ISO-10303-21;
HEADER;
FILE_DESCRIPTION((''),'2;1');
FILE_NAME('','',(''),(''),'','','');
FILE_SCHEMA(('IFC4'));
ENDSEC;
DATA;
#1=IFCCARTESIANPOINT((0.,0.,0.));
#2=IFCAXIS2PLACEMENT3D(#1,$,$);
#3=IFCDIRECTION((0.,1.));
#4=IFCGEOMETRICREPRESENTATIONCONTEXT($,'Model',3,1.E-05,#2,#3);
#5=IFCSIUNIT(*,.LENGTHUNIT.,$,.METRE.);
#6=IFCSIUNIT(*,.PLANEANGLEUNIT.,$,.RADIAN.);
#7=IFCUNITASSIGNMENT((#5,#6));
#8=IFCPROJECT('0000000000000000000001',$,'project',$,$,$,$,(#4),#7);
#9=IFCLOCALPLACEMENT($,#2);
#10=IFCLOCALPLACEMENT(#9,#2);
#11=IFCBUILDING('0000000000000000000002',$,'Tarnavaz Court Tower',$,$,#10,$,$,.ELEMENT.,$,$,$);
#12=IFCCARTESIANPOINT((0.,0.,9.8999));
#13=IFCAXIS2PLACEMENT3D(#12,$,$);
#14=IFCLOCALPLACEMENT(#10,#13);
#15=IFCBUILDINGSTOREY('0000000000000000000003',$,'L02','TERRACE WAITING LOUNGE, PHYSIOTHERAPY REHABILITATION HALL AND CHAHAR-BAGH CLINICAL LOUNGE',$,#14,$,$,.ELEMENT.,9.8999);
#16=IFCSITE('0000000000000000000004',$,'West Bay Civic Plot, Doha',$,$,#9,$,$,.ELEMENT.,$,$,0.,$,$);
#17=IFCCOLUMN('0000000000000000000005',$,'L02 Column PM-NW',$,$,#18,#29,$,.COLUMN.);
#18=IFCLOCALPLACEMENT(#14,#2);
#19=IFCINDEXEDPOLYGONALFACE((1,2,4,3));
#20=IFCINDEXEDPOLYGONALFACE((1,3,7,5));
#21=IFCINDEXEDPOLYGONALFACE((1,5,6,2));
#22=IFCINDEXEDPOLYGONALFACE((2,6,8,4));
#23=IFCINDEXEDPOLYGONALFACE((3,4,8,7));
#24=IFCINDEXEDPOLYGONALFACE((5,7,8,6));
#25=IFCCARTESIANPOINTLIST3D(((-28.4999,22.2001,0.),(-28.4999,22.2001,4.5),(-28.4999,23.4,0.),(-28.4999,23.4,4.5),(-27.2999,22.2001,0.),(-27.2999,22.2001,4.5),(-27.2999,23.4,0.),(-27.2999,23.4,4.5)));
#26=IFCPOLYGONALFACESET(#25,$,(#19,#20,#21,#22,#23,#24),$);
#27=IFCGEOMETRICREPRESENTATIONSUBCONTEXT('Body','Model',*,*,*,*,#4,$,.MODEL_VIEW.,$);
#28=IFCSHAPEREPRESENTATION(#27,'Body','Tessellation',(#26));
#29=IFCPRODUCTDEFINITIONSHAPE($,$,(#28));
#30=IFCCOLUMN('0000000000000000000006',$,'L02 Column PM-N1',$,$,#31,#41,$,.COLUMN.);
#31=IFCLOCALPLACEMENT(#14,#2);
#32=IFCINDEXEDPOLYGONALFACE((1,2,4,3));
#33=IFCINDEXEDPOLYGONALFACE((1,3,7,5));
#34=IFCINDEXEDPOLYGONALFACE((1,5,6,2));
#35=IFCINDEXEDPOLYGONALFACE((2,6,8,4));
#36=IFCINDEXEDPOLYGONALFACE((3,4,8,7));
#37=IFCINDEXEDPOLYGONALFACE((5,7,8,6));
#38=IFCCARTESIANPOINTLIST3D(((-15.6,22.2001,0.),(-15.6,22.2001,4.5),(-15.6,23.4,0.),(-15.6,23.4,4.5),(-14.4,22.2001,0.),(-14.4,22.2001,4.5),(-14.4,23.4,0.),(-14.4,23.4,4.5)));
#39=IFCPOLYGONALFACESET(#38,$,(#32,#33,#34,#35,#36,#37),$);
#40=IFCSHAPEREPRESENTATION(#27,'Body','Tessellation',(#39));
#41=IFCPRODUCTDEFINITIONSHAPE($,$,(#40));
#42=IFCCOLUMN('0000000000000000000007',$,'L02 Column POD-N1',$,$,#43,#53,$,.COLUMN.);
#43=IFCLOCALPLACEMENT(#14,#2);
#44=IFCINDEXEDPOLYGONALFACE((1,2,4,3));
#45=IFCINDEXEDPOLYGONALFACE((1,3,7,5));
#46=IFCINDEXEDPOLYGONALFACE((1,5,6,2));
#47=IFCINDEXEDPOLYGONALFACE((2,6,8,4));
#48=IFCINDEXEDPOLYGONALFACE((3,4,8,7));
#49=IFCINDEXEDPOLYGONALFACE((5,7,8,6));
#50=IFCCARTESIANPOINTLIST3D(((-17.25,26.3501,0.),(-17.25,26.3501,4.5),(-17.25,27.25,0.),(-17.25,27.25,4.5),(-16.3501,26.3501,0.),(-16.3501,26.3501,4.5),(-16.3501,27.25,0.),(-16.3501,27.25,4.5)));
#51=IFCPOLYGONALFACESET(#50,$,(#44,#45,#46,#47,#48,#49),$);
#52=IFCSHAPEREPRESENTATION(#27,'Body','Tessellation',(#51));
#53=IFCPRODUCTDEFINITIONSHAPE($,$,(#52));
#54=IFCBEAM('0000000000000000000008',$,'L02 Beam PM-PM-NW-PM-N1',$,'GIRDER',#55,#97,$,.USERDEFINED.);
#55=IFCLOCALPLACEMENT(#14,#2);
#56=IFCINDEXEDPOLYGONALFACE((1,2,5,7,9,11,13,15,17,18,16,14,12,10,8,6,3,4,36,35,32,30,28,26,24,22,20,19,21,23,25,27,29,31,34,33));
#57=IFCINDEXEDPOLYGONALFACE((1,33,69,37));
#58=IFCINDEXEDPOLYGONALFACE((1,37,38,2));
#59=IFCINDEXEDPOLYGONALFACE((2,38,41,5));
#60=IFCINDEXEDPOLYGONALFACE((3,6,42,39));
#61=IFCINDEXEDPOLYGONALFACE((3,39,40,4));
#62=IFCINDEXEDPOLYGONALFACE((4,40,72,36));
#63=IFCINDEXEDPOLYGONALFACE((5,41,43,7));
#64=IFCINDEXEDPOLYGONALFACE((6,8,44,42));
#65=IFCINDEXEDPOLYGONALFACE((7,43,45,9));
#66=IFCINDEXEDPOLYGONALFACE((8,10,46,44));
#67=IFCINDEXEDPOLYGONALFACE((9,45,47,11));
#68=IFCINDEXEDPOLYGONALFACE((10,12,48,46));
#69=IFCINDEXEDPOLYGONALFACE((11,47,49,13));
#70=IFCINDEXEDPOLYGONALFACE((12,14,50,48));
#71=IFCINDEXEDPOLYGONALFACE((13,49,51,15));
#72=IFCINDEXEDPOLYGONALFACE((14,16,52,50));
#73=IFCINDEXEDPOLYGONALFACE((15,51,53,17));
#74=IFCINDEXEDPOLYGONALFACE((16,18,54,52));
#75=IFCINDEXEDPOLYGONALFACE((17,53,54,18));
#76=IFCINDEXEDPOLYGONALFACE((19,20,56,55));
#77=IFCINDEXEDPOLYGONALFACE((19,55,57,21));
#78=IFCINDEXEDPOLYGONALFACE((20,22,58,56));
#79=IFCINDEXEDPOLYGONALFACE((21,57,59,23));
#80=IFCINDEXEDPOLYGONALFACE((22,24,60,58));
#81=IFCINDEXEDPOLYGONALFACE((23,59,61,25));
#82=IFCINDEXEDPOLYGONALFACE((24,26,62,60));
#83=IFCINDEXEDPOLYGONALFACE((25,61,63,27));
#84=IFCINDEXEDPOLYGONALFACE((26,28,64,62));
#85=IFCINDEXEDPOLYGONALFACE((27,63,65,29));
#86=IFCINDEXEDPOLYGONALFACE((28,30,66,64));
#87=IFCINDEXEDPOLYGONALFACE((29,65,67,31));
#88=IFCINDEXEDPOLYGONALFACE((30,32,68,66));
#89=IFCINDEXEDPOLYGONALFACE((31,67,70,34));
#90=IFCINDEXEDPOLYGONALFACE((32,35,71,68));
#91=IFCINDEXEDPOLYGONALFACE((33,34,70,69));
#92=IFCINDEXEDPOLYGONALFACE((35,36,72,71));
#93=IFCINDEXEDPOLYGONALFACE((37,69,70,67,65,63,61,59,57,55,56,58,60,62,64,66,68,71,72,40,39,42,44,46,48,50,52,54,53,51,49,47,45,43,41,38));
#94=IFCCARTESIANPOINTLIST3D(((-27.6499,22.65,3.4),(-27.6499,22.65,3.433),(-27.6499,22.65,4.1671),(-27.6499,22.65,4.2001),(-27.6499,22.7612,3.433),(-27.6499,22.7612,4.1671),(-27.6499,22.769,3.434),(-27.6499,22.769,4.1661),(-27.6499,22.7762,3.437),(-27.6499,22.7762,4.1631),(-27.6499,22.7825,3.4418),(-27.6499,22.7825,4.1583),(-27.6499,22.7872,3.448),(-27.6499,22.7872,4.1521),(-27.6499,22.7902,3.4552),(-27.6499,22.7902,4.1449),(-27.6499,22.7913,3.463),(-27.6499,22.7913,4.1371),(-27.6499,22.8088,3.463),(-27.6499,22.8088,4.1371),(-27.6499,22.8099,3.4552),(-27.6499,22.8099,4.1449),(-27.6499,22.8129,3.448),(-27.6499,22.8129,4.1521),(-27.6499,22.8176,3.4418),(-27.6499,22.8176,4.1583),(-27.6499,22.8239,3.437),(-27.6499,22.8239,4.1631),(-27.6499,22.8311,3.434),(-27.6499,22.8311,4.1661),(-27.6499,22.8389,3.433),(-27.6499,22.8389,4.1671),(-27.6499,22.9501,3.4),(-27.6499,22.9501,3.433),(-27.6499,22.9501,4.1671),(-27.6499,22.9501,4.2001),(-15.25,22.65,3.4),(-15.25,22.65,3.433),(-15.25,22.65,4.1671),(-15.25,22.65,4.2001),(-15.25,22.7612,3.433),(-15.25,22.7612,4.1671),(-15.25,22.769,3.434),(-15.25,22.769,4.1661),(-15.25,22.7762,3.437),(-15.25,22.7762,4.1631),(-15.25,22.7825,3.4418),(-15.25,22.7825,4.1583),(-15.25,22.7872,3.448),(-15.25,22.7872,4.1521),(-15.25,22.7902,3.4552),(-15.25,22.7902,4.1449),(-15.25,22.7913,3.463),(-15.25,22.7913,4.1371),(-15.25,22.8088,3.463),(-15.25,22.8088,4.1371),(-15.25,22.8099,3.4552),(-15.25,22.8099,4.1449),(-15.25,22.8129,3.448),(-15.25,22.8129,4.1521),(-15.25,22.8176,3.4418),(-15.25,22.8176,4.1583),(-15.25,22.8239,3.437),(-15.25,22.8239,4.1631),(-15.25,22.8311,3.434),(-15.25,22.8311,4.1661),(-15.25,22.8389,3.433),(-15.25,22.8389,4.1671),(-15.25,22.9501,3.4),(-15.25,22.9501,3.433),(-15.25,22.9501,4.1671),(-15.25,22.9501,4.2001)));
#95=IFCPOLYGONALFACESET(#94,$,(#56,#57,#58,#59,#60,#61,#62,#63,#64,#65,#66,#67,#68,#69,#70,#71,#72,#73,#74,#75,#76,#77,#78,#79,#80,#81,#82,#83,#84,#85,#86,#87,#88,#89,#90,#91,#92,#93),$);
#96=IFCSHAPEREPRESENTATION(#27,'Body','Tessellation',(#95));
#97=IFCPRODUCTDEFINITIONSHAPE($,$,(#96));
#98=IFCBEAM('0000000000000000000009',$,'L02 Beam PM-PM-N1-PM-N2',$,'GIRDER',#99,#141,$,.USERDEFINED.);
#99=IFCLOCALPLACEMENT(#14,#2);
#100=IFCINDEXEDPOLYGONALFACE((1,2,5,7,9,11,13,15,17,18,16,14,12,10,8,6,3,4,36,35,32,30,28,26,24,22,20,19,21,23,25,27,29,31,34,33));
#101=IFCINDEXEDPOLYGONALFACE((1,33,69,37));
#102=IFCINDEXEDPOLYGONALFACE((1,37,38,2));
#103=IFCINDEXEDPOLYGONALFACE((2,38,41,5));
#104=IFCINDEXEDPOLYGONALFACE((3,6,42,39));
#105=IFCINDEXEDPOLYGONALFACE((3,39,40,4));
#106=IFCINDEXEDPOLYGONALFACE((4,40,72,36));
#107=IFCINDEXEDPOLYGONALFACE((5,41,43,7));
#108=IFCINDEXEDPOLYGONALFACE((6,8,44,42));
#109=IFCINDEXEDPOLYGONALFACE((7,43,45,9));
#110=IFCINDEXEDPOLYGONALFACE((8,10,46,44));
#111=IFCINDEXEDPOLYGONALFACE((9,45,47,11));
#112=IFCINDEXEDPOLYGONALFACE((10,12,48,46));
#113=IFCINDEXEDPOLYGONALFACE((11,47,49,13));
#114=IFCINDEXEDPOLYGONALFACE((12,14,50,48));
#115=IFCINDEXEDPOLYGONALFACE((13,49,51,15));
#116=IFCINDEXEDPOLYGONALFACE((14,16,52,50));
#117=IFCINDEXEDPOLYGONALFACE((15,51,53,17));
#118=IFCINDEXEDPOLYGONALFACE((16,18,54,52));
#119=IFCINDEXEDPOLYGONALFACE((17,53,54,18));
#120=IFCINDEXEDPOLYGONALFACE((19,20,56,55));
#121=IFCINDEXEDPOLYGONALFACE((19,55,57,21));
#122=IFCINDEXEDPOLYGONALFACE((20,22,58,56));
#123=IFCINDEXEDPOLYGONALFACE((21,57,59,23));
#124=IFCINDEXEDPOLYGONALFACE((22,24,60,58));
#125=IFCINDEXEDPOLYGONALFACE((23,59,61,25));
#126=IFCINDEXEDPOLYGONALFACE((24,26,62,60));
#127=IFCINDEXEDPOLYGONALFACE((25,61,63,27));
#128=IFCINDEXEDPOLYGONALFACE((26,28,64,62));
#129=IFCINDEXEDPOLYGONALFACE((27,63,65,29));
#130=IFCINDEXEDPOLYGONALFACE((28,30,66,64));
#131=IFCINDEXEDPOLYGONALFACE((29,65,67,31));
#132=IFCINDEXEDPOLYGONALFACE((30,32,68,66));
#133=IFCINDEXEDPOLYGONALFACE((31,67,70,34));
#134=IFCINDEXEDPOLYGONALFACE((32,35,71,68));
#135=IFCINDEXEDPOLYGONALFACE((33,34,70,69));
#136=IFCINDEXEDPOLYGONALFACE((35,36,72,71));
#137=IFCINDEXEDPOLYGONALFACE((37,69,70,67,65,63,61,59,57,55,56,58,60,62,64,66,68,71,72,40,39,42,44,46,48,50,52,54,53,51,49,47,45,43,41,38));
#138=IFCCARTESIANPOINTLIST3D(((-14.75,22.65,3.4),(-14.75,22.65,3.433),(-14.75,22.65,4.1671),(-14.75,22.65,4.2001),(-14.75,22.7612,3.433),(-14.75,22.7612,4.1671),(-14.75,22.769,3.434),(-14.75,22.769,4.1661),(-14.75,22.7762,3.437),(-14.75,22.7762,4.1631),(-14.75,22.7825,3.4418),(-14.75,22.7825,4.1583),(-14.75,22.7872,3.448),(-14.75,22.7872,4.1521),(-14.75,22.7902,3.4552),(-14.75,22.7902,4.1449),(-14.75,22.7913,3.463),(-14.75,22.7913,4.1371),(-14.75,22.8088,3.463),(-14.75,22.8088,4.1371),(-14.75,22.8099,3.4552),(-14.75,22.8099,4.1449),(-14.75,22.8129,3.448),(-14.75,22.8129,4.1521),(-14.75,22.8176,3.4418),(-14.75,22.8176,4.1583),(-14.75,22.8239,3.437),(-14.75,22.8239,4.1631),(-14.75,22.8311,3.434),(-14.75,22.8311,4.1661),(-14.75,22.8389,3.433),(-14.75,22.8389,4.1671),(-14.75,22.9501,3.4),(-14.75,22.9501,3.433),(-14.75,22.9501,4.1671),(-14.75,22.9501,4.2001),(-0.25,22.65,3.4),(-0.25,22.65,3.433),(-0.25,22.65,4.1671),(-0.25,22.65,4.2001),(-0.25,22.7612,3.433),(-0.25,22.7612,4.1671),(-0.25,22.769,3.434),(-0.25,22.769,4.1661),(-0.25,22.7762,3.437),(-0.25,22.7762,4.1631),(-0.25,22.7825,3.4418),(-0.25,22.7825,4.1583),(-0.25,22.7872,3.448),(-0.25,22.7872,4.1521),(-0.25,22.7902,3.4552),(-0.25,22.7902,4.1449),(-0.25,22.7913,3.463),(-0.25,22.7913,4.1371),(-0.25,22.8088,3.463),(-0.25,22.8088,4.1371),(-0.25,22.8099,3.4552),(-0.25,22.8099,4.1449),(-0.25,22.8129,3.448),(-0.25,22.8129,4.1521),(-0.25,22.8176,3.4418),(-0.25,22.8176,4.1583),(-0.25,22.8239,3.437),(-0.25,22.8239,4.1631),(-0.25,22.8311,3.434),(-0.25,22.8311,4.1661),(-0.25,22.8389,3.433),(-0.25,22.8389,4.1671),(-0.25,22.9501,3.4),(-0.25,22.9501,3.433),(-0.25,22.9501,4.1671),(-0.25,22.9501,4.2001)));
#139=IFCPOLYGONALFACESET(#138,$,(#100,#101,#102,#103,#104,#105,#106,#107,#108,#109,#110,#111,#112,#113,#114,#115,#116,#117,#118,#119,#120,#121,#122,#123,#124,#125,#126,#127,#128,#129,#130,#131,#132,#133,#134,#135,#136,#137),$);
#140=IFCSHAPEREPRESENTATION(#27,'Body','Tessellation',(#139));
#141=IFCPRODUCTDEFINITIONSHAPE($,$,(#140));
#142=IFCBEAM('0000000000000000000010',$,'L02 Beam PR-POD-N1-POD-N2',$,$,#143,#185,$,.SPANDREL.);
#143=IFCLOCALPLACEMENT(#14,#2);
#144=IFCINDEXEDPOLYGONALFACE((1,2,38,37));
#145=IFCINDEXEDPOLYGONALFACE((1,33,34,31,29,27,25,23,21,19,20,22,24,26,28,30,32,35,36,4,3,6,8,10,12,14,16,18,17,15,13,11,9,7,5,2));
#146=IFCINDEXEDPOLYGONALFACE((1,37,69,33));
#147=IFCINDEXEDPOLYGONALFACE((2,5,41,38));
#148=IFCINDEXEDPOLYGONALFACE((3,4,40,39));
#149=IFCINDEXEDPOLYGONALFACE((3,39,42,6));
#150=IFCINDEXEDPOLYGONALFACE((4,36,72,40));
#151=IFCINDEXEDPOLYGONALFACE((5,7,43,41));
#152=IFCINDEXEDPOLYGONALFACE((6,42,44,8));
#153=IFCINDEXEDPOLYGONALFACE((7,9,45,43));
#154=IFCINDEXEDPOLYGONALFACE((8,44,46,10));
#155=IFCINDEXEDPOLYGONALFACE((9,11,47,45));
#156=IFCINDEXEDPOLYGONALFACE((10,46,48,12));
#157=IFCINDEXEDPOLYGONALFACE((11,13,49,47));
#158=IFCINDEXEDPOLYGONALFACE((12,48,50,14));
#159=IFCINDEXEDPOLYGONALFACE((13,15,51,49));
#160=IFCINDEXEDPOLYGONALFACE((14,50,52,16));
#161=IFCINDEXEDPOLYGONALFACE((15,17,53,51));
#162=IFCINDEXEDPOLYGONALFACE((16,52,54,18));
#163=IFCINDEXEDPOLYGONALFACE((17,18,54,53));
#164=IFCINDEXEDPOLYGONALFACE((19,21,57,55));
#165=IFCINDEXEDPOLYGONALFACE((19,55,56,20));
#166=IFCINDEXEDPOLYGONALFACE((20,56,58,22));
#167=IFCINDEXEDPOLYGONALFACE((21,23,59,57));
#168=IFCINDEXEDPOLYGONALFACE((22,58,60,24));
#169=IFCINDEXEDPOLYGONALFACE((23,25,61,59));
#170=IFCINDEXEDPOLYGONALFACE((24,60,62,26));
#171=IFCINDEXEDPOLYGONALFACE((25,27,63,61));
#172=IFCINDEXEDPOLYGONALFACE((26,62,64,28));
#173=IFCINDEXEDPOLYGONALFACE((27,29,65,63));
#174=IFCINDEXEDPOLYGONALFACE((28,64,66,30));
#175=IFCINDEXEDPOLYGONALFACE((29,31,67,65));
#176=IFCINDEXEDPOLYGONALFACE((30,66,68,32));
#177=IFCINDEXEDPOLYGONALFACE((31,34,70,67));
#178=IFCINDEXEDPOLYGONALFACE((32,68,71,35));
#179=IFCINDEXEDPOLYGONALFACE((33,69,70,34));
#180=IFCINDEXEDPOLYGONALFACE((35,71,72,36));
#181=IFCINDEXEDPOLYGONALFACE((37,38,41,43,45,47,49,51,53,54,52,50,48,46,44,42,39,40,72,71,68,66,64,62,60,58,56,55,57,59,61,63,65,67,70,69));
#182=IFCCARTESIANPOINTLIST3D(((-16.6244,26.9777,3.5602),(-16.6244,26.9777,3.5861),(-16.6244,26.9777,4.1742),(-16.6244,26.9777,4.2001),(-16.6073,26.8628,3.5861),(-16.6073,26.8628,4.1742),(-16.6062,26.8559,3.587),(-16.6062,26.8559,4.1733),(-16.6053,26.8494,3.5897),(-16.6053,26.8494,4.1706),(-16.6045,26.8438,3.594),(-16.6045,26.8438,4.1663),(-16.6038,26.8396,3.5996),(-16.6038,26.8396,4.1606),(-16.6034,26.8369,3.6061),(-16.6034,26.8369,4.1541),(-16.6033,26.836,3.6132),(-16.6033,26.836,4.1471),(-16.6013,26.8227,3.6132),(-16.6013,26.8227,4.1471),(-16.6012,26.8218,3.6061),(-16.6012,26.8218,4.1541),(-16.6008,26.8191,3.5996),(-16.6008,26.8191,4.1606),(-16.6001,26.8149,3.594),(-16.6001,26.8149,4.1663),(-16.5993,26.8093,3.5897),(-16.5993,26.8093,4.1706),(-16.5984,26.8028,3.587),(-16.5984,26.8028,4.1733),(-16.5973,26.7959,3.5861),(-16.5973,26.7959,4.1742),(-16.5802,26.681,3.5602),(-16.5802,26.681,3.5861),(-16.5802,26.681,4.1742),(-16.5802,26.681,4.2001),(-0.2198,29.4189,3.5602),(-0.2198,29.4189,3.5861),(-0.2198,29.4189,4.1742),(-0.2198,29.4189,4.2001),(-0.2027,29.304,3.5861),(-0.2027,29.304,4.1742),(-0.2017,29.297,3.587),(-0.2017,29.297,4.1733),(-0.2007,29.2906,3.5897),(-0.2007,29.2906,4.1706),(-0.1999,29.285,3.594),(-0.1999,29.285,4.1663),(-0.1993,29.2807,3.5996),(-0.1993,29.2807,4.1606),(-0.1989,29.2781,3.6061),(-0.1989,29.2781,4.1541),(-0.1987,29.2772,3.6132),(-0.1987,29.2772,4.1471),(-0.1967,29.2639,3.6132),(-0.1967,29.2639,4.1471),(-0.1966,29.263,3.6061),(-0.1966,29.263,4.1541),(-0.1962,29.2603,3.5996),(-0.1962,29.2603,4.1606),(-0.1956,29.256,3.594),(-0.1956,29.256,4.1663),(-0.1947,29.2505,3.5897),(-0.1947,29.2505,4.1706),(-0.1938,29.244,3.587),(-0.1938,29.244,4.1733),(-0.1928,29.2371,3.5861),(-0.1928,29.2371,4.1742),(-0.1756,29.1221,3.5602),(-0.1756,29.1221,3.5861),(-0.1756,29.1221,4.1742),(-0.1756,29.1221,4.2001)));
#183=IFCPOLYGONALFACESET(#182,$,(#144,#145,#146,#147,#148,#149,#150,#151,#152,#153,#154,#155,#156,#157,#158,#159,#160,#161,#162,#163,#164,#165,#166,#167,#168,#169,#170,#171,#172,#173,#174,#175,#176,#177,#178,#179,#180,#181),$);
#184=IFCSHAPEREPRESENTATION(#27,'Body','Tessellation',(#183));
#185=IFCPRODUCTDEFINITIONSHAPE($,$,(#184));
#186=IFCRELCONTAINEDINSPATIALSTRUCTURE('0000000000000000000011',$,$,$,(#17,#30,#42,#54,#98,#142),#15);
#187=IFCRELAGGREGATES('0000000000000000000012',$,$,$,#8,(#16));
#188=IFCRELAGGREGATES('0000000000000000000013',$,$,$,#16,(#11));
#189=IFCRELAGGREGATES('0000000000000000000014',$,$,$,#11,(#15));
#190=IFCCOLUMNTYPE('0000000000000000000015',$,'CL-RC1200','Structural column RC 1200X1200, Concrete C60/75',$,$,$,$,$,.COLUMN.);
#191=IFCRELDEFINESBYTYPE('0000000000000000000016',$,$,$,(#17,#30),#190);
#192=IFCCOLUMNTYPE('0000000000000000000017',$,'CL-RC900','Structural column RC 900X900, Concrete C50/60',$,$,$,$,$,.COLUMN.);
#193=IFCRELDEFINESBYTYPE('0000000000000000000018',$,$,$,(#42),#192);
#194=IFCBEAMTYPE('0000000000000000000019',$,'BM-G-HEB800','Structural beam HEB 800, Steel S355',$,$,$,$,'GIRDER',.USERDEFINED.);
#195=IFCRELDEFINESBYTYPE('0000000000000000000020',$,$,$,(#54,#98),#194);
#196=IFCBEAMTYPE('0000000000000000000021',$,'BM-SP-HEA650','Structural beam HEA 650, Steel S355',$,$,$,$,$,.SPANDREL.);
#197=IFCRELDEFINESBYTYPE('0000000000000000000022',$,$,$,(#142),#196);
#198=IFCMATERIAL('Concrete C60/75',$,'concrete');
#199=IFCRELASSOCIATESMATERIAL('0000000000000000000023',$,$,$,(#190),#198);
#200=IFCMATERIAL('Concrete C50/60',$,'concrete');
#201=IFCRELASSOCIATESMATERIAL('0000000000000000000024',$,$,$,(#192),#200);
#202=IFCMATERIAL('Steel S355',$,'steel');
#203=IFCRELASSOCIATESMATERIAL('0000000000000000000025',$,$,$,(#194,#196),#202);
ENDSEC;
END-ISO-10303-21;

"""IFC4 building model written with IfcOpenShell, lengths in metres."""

from ifc_helpers import new_model, si_unit, direction, frame, origin, origin_2d, place, context, subcontext, project, spatial, rectangle, i_section, extrude, material, material_profile, profile_set, type_object, element, save


model = new_model("IFC4")

# Units and contexts
model_context = context("Model", 3, precision=1e-05, world=origin(), true_north=direction((0.0, 1.0)))
body_context = subcontext(model_context, "Body", "Model", "MODEL_VIEW")
ifc_project = project(units=[si_unit("LENGTHUNIT", "METRE"), si_unit("PLANEANGLEUNIT", "RADIAN")], contexts=[model_context])

# Site, building, storey
site_placement = place(None, origin())
site = spatial("IfcSite", under=ifc_project, at=site_placement, Name="West Bay Civic Plot, Doha", CompositionType="ELEMENT", RefElevation=0.0)
building_placement = place(site_placement, origin())
building = spatial("IfcBuilding", under=site, at=building_placement, Name="Tarnavaz Court Tower", CompositionType="ELEMENT")
storey_placement = place(building_placement, frame((0.0, 0.0, 9.8999)))
storey = spatial("IfcBuildingStorey", under=building, at=storey_placement, Name="L02", Description="TERRACE WAITING LOUNGE, PHYSIOTHERAPY REHABILITATION HALL AND CHAHAR-BAGH CLINICAL LOUNGE", CompositionType="ELEMENT", Elevation=9.8999)

# Columns
ifc_material_1 = material(Name="Concrete C60/75", Category="concrete")
ifc_material_profile_1 = material_profile(ifc_material_1, rectangle(XDim=1.2, YDim=1.2, at=origin_2d()), Name="RC 1200X1200")
ifc_profile_set_1 = profile_set([ifc_material_profile_1], Name="Concrete C60/75")
column_type_1 = type_object("IfcColumnType", Name="CL-RC1200", Description="Structural column RC 1200X1200, Concrete C60/75", PredefinedType="COLUMN", material=ifc_profile_set_1)
for number, where, z_axis, x_axis, name in (
    (1, (-27.8999, 22.8, 0.0), (0.0, 0.0, 1.0), (1.0, 0.0, 0.0), "L02 Column PM-NW"),
    (2, (-15.0, 22.8, 0.0), (0.0, 0.0, 1.0), (1.0, 0.0, 0.0), "L02 Column PM-N1"),
):
    element("IfcColumn", number, at=place(storey_placement, frame(where, z_axis=z_axis, x_axis=x_axis)), inside=storey, type_object=column_type_1, Name=name, PredefinedType="COLUMN", context=body_context, shape_type="SweptSolid", body=[
        extrude(rectangle(XDim=1.2, YDim=1.2, at=origin_2d()), origin(), (0.0, 0.0, 1.0), 4.5),
    ])
ifc_material_2 = material(Name="Concrete C50/60", Category="concrete")
ifc_material_profile_2 = material_profile(ifc_material_2, rectangle(XDim=0.8999, YDim=0.8999, at=origin_2d()), Name="RC 900X900")
ifc_profile_set_2 = profile_set([ifc_material_profile_2], Name="Concrete C50/60")
column_type_2 = type_object("IfcColumnType", Name="CL-RC900", Description="Structural column RC 900X900, Concrete C50/60", PredefinedType="COLUMN", material=ifc_profile_set_2)
column_placement = place(storey_placement, frame((-16.8, 26.8, 0.0), z_axis=(0.0, 0.0, 1.0), x_axis=(1.0, 0.0, 0.0)))
element("IfcColumn", 3, at=column_placement, inside=storey, type_object=column_type_2, Name="L02 Column POD-N1", PredefinedType="COLUMN", context=body_context, shape_type="SweptSolid", body=[
    extrude(rectangle(XDim=0.8999, YDim=0.8999, at=origin_2d()), origin(), (0.0, 0.0, 1.0), 4.5),
])

# Beams
ifc_material_3 = material(Name="Steel S355", Category="steel")
ifc_material_profile_3 = material_profile(ifc_material_3, i_section(OverallWidth=0.3, OverallDepth=0.8, WebThickness=0.0176, FlangeThickness=0.033, FilletRadius=0.03, at=origin_2d()), Name="HEB 800")
ifc_profile_set_3 = profile_set([ifc_material_profile_3], Name="Steel S355")
beam_type_1 = type_object("IfcBeamType", Name="BM-G-HEB800", Description="Structural beam HEB 800, Steel S355", ElementType="GIRDER", PredefinedType="USERDEFINED", material=ifc_profile_set_3)
beam_1_placement = place(storey_placement, frame((-27.6499, 22.8, 3.8), z_axis=(1.0, 0.0, 0.0), x_axis=(0.0, 1.0, 0.0)))
element("IfcBeam", 4, at=beam_1_placement, inside=storey, type_object=beam_type_1, Name="L02 Beam PM-PM-NW-PM-N1", ObjectType="GIRDER", PredefinedType="USERDEFINED", context=body_context, shape_type="SweptSolid", body=[
    extrude(i_section(OverallWidth=0.3, OverallDepth=0.8, WebThickness=0.0176, FlangeThickness=0.033, FilletRadius=0.03, at=origin_2d()), origin(), (0.0, 0.0, 1.0), 12.3999),
])
beam_2_placement = place(storey_placement, frame((-14.75, 22.8, 3.8), z_axis=(1.0, 0.0, 0.0), x_axis=(0.0, 1.0, 0.0)))
element("IfcBeam", 5, at=beam_2_placement, inside=storey, type_object=beam_type_1, Name="L02 Beam PM-PM-N1-PM-N2", ObjectType="GIRDER", PredefinedType="USERDEFINED", context=body_context, shape_type="SweptSolid", body=[
    extrude(i_section(OverallWidth=0.3, OverallDepth=0.8, WebThickness=0.0176, FlangeThickness=0.033, FilletRadius=0.03, at=origin_2d()), origin(), (0.0, 0.0, 1.0), 14.5),
])
ifc_material_profile_4 = material_profile(ifc_material_3, i_section(OverallWidth=0.3, OverallDepth=0.6399, WebThickness=0.0134, FlangeThickness=0.0259, FilletRadius=0.0271, at=origin_2d()), Name="HEA 650")
ifc_profile_set_4 = profile_set([ifc_material_profile_4], Name="Steel S355")
beam_type_2 = type_object("IfcBeamType", Name="BM-SP-HEA650", Description="Structural beam HEA 650, Steel S355", PredefinedType="SPANDREL", material=ifc_profile_set_4)
beam_3_placement = place(storey_placement, frame((-16.6023, 26.8293, 3.8801), z_axis=(0.989108, 0.147189, 0.0), x_axis=(-0.147189, 0.989108, 0.0)))
element("IfcBeam", 6, at=beam_3_placement, inside=storey, type_object=beam_type_2, Name="L02 Beam PR-POD-N1-POD-N2", PredefinedType="SPANDREL", context=body_context, shape_type="SweptSolid", body=[
    extrude(i_section(OverallWidth=0.3, OverallDepth=0.6399, WebThickness=0.0134, FlangeThickness=0.0259, FilletRadius=0.0271, at=origin_2d()), origin(), (0.0, 0.0, 1.0), 16.5852),
])

save(model, "model.ifc")
